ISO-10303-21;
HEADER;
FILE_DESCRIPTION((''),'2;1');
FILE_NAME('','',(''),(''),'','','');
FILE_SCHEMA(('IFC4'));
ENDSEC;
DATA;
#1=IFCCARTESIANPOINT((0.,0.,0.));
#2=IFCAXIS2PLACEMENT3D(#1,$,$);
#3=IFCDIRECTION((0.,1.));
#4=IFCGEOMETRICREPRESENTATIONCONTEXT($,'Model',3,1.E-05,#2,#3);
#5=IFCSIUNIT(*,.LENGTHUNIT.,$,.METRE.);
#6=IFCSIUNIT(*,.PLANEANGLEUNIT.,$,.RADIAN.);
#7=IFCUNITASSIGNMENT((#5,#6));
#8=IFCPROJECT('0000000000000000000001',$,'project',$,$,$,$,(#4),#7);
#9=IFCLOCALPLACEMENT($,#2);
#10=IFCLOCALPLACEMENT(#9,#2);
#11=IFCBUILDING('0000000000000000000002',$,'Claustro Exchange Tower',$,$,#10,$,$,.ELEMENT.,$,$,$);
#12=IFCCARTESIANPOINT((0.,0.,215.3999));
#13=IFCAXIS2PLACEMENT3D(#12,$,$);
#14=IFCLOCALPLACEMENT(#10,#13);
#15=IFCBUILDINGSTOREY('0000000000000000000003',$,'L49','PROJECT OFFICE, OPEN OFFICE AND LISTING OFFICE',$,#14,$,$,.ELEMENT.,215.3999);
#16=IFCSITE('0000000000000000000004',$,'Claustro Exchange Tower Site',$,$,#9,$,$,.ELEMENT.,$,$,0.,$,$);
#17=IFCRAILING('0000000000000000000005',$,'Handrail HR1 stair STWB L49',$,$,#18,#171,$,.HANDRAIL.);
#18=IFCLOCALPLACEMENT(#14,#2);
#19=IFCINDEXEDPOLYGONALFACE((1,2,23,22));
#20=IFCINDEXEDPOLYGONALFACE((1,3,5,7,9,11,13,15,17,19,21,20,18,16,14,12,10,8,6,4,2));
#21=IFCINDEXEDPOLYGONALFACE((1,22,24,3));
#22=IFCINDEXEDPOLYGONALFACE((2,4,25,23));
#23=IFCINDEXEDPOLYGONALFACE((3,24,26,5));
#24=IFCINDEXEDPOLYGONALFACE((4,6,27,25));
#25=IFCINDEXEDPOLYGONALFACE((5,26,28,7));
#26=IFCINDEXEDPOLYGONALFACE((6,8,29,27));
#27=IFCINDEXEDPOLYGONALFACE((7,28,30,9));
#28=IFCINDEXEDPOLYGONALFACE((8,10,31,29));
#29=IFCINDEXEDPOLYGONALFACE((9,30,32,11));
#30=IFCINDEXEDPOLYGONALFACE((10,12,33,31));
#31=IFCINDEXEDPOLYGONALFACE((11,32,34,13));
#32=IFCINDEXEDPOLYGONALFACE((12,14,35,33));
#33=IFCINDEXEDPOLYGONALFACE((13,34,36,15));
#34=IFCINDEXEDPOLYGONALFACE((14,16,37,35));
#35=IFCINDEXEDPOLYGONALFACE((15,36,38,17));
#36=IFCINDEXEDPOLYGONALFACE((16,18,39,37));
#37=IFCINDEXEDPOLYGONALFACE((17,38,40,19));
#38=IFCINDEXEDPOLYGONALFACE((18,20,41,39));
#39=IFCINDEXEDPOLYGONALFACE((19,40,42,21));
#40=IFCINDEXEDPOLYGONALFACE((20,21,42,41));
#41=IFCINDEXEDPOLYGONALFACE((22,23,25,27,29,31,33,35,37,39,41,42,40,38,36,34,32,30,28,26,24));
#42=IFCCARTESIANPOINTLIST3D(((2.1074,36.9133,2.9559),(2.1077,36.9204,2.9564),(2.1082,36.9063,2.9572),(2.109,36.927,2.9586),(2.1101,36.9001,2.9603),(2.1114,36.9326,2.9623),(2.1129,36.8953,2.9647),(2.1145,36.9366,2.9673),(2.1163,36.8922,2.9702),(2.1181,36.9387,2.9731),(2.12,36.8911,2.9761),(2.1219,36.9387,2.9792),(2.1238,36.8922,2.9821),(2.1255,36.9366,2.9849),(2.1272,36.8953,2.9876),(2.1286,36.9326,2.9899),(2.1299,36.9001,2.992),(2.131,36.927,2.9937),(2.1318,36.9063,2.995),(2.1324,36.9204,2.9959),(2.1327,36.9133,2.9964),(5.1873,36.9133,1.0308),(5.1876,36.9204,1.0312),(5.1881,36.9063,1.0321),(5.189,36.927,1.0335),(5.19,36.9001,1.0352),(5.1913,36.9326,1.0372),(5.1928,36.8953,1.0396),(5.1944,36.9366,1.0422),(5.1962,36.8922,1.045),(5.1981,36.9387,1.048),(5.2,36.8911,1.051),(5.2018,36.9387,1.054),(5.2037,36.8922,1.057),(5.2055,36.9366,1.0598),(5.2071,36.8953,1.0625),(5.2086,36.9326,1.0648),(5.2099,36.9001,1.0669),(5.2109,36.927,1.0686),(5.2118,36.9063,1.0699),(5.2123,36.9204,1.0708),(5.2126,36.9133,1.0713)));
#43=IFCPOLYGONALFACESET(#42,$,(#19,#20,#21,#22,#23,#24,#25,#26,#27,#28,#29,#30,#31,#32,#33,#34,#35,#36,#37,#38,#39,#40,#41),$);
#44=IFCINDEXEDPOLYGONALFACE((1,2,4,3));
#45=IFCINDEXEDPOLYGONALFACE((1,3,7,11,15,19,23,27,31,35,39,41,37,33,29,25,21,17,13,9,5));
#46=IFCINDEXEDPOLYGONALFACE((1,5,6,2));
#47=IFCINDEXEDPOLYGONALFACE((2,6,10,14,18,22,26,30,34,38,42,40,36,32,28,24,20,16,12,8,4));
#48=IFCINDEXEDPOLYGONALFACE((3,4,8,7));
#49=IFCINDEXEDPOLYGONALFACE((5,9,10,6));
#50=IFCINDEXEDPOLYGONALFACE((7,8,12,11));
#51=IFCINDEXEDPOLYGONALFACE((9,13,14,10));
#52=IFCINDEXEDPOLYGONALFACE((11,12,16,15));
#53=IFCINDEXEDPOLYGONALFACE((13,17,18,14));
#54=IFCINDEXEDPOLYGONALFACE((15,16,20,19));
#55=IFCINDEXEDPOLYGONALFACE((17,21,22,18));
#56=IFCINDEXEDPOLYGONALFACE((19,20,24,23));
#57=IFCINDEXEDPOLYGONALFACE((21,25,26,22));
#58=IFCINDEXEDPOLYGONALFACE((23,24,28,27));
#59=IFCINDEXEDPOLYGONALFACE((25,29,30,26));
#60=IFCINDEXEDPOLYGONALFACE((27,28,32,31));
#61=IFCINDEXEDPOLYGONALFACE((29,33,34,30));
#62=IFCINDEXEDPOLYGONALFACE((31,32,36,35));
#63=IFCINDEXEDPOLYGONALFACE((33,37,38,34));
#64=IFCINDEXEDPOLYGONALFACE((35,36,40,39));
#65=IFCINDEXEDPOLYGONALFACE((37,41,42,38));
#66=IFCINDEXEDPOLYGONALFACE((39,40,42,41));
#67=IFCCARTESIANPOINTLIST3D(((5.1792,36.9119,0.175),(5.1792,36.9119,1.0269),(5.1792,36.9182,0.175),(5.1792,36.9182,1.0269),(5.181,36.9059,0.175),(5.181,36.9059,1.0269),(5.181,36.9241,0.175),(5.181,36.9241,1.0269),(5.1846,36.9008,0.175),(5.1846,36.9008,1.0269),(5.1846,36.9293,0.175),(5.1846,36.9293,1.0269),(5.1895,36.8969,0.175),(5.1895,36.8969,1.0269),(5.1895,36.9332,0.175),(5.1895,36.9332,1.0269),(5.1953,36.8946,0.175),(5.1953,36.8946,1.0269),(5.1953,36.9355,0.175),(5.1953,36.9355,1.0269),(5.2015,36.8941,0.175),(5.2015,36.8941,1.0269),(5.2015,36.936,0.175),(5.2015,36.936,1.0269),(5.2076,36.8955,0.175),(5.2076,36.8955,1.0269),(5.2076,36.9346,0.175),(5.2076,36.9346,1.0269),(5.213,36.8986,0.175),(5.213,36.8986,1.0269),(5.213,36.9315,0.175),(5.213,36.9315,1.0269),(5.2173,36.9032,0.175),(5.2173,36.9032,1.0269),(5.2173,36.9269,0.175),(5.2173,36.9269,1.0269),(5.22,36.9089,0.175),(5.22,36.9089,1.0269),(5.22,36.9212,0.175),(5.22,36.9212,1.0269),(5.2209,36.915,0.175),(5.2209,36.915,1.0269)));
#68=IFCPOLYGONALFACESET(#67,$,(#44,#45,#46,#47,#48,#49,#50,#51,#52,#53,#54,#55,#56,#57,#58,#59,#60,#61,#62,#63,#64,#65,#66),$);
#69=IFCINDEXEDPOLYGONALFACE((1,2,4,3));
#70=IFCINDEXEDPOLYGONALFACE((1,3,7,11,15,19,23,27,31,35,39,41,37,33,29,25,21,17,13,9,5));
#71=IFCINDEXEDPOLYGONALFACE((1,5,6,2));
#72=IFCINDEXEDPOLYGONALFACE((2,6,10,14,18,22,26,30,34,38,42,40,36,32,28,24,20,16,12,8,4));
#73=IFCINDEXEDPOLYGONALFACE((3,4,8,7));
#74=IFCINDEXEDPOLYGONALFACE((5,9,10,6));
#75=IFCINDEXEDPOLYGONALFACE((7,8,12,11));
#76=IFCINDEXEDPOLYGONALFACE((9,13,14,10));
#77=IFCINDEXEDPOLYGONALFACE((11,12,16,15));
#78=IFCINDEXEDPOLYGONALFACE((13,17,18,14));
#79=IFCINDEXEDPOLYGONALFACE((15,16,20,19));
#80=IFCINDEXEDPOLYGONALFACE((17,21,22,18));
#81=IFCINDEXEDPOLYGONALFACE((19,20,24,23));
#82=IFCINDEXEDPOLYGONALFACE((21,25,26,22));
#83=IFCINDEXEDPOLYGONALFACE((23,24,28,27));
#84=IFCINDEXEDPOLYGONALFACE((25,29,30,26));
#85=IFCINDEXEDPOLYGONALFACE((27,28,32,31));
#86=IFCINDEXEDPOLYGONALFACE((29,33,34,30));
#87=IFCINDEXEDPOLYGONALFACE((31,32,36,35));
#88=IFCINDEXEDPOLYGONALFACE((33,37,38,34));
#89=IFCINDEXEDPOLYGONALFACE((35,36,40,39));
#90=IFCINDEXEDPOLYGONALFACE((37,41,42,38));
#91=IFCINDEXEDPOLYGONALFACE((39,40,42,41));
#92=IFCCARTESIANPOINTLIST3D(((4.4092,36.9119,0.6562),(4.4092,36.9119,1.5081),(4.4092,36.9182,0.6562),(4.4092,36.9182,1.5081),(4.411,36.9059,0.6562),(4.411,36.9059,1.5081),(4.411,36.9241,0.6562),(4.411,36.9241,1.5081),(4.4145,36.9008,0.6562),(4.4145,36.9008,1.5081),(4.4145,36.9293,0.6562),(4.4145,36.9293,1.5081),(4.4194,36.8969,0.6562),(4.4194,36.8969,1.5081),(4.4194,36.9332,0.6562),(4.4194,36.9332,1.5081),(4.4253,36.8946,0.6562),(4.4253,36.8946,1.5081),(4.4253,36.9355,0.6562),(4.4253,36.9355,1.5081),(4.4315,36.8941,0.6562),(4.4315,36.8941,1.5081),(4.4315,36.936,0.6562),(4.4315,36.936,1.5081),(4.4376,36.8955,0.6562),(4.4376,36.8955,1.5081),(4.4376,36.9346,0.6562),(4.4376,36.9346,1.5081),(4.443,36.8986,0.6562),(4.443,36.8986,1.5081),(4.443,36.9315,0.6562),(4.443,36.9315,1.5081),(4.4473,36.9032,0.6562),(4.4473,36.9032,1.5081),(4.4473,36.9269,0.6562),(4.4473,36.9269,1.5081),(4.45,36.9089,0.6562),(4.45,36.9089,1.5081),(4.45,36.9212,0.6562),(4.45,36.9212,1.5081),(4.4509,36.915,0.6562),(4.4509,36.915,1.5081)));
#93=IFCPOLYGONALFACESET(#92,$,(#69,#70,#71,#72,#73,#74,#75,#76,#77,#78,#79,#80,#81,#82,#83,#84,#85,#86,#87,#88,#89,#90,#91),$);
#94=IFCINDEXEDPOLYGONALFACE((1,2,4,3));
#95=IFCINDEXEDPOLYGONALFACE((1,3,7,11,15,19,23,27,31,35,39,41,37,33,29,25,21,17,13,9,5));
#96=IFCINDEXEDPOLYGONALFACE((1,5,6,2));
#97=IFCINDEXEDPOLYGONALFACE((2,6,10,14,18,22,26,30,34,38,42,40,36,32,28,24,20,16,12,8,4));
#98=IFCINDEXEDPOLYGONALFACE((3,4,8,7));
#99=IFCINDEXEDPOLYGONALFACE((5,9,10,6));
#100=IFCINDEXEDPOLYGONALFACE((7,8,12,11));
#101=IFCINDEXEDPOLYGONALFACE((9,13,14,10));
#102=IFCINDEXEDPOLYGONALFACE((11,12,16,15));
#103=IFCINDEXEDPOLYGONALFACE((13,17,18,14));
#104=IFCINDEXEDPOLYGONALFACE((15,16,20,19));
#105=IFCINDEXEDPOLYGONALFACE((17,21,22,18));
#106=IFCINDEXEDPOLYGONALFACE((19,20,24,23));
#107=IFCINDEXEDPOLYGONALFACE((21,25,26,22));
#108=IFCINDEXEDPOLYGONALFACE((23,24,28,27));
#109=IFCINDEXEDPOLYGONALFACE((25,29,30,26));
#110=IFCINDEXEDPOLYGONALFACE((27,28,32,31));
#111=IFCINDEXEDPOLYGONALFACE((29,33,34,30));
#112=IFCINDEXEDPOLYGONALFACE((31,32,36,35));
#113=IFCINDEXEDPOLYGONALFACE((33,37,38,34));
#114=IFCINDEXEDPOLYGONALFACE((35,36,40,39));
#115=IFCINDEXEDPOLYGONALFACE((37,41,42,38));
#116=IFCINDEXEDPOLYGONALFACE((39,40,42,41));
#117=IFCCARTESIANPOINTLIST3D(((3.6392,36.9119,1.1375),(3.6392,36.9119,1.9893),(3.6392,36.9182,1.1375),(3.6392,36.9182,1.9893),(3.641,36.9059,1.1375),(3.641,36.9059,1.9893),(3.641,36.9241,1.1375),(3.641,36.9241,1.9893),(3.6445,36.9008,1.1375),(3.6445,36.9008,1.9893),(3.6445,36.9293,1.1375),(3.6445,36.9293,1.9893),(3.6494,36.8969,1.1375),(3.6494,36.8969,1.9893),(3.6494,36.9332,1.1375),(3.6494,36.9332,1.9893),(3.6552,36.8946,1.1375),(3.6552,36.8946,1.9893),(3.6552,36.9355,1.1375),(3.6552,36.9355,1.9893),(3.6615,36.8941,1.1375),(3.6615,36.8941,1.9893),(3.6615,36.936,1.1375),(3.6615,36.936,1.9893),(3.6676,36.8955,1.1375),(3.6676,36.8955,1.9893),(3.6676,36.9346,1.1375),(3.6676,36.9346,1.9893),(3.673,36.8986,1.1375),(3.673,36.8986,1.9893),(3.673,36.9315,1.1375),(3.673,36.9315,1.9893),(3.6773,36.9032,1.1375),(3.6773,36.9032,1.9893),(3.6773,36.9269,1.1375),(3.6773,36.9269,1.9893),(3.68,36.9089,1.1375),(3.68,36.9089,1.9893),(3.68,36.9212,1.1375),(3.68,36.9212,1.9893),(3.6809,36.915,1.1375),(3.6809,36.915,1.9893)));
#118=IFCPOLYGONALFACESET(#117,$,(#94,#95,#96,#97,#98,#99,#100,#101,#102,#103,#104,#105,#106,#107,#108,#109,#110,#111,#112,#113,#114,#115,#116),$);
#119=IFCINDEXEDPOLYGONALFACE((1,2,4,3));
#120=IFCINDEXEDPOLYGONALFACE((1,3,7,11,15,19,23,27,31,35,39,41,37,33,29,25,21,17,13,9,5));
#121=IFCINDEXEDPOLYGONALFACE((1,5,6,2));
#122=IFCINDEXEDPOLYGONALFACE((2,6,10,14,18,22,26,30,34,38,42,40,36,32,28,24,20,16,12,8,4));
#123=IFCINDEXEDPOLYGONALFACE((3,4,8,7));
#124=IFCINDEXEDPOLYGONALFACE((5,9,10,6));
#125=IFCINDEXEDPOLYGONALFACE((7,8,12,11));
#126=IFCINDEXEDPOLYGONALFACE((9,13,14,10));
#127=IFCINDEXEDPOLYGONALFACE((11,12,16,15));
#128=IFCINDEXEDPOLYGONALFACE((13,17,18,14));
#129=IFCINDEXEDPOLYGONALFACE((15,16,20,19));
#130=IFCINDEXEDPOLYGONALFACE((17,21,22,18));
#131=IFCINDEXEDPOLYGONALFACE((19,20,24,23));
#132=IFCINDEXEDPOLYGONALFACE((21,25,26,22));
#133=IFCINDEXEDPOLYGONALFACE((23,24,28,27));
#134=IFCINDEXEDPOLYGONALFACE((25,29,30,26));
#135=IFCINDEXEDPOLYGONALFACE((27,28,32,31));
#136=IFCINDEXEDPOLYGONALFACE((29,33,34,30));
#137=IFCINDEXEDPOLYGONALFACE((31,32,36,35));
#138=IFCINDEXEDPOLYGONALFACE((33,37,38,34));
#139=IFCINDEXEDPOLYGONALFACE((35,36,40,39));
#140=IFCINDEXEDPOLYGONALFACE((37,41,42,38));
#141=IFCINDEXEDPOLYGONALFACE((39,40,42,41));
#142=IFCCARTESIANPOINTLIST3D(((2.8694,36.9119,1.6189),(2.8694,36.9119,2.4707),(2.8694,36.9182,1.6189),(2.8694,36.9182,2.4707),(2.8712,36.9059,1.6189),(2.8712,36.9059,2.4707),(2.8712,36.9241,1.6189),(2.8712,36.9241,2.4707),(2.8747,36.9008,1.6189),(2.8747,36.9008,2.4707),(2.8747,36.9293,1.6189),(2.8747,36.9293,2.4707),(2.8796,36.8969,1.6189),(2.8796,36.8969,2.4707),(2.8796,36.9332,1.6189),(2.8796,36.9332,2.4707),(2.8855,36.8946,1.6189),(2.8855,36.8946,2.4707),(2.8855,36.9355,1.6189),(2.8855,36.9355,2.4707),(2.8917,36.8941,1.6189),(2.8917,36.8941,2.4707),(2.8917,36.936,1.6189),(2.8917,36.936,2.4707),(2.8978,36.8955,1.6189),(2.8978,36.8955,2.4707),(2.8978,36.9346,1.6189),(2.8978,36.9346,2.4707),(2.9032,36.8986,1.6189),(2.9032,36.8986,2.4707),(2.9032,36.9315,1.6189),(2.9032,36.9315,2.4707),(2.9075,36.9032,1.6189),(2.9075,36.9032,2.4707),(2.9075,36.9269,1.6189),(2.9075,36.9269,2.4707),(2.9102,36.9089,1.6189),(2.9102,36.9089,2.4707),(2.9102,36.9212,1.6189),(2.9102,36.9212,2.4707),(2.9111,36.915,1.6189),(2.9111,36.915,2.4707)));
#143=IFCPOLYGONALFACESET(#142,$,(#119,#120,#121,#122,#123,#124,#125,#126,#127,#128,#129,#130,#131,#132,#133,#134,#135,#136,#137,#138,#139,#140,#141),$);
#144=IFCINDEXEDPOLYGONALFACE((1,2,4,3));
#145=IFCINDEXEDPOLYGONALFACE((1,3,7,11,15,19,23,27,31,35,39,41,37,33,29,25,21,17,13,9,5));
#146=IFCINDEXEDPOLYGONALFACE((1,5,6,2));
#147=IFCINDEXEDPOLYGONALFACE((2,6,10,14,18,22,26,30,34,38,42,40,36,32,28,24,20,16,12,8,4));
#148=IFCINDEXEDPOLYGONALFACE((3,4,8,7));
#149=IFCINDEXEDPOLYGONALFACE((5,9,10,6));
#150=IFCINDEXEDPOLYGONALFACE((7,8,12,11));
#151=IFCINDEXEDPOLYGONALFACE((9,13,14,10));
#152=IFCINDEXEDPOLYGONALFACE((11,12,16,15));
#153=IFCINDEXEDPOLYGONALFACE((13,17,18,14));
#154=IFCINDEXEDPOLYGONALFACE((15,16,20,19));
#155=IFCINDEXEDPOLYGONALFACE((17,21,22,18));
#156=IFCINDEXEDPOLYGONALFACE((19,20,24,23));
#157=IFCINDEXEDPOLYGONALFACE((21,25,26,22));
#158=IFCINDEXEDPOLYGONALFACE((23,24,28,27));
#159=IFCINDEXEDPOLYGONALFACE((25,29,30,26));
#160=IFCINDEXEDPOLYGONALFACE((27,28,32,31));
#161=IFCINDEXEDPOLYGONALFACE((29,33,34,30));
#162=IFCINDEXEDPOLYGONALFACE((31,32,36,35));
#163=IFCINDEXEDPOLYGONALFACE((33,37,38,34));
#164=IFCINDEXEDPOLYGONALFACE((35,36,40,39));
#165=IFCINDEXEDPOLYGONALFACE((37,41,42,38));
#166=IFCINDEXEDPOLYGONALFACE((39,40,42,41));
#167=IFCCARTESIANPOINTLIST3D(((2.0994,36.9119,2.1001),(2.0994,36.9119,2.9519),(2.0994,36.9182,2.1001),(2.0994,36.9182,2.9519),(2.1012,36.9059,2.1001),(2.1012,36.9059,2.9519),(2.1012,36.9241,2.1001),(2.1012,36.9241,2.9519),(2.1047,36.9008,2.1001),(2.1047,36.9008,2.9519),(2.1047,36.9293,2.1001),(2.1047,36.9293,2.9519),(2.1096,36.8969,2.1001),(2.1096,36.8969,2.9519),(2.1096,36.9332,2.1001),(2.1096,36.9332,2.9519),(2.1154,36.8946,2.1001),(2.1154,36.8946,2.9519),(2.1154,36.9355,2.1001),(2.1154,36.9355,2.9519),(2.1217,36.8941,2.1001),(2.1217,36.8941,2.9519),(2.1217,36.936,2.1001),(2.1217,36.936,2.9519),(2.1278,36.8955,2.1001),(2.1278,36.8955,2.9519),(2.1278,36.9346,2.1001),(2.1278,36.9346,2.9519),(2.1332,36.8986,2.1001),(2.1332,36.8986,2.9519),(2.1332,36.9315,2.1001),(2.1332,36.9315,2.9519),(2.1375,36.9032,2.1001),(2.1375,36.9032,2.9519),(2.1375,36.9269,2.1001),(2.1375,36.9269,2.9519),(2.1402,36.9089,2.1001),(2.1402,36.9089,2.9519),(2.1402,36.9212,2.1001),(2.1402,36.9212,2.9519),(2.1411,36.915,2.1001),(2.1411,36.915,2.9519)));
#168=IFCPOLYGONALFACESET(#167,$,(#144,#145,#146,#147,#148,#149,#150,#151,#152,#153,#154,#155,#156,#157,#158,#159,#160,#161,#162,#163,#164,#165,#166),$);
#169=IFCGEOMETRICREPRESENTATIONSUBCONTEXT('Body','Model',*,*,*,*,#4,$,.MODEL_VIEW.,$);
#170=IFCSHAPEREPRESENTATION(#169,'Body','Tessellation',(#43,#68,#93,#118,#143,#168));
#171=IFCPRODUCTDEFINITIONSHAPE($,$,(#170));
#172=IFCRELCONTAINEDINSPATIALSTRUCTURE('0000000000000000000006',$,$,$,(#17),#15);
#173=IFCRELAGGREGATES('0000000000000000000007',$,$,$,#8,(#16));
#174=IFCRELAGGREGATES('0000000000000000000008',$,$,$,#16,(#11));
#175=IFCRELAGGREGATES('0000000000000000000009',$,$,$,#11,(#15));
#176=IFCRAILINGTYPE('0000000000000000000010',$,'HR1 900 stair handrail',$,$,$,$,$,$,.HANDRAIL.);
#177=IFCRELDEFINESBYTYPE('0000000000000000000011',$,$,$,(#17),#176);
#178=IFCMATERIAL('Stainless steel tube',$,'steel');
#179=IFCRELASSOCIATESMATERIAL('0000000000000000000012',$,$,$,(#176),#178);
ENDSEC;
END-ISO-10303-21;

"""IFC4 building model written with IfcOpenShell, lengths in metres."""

from ifc_helpers import new_model, si_unit, direction, frame, origin, origin_2d, place, context, subcontext, project, spatial, circle, extrude, material, type_object, element, save


model = new_model("IFC4")

# Units and contexts
model_context = context("Model", 3, precision=1e-05, world=origin(), true_north=direction((0.0, 1.0)))
body_context = subcontext(model_context, "Body", "Model", "MODEL_VIEW")
ifc_project = project(units=[si_unit("LENGTHUNIT", "METRE"), si_unit("PLANEANGLEUNIT", "RADIAN")], contexts=[model_context])

# Site, building, storey
site_placement = place(None, origin())
site = spatial("IfcSite", under=ifc_project, at=site_placement, Name="Claustro Exchange Tower Site", CompositionType="ELEMENT", RefElevation=0.0)
building_placement = place(site_placement, origin())
building = spatial("IfcBuilding", under=site, at=building_placement, Name="Claustro Exchange Tower", CompositionType="ELEMENT")
storey_placement = place(building_placement, frame((0.0, 0.0, 215.3999)))
storey = spatial("IfcBuildingStorey", under=building, at=storey_placement, Name="L49", Description="PROJECT OFFICE, OPEN OFFICE AND LISTING OFFICE", CompositionType="ELEMENT", Elevation=215.3999)

# Railing
ifc_material_1 = material(Name="Stainless steel tube", Category="steel")
railing_type_1 = type_object("IfcRailingType", Name="HR1 900 stair handrail", PredefinedType="HANDRAIL", material=ifc_material_1)
railing_1_placement = place(storey_placement, frame((5.2, 36.915, 0.175)))
element("IfcRailing", 1, at=railing_1_placement, inside=storey, type_object=railing_type_1, Name="Handrail HR1 stair STWB L49", PredefinedType="HANDRAIL", context=body_context, shape_type="SweptSolid", body=[
    extrude(circle(Radius=0.0239, at=origin_2d()), frame((0.0, 0.0, 0.876), z_axis=(-0.847979, 0.0, 0.530029), x_axis=(0.0, -1.0, 0.0)), (0.0, 0.0, 1.0), 3.6321),
    extrude(circle(Radius=0.021, at=origin_2d()), origin(), (0.0, 0.0, 1.0), 0.8518),
    extrude(circle(Radius=0.021, at=origin_2d()), frame((-0.77, 0.0, 0.4812)), (0.0, 0.0, 1.0), 0.8518),
    extrude(circle(Radius=0.021, at=origin_2d()), frame((-1.54, 0.0, 0.9624)), (0.0, 0.0, 1.0), 0.8518),
    extrude(circle(Radius=0.021, at=origin_2d()), frame((-2.3098, 0.0, 1.4438)), (0.0, 0.0, 1.0), 0.8518),
    extrude(circle(Radius=0.021, at=origin_2d()), frame((-3.0798, 0.0, 1.925)), (0.0, 0.0, 1.0), 0.8518),
])

save(model, "model.ifc")
